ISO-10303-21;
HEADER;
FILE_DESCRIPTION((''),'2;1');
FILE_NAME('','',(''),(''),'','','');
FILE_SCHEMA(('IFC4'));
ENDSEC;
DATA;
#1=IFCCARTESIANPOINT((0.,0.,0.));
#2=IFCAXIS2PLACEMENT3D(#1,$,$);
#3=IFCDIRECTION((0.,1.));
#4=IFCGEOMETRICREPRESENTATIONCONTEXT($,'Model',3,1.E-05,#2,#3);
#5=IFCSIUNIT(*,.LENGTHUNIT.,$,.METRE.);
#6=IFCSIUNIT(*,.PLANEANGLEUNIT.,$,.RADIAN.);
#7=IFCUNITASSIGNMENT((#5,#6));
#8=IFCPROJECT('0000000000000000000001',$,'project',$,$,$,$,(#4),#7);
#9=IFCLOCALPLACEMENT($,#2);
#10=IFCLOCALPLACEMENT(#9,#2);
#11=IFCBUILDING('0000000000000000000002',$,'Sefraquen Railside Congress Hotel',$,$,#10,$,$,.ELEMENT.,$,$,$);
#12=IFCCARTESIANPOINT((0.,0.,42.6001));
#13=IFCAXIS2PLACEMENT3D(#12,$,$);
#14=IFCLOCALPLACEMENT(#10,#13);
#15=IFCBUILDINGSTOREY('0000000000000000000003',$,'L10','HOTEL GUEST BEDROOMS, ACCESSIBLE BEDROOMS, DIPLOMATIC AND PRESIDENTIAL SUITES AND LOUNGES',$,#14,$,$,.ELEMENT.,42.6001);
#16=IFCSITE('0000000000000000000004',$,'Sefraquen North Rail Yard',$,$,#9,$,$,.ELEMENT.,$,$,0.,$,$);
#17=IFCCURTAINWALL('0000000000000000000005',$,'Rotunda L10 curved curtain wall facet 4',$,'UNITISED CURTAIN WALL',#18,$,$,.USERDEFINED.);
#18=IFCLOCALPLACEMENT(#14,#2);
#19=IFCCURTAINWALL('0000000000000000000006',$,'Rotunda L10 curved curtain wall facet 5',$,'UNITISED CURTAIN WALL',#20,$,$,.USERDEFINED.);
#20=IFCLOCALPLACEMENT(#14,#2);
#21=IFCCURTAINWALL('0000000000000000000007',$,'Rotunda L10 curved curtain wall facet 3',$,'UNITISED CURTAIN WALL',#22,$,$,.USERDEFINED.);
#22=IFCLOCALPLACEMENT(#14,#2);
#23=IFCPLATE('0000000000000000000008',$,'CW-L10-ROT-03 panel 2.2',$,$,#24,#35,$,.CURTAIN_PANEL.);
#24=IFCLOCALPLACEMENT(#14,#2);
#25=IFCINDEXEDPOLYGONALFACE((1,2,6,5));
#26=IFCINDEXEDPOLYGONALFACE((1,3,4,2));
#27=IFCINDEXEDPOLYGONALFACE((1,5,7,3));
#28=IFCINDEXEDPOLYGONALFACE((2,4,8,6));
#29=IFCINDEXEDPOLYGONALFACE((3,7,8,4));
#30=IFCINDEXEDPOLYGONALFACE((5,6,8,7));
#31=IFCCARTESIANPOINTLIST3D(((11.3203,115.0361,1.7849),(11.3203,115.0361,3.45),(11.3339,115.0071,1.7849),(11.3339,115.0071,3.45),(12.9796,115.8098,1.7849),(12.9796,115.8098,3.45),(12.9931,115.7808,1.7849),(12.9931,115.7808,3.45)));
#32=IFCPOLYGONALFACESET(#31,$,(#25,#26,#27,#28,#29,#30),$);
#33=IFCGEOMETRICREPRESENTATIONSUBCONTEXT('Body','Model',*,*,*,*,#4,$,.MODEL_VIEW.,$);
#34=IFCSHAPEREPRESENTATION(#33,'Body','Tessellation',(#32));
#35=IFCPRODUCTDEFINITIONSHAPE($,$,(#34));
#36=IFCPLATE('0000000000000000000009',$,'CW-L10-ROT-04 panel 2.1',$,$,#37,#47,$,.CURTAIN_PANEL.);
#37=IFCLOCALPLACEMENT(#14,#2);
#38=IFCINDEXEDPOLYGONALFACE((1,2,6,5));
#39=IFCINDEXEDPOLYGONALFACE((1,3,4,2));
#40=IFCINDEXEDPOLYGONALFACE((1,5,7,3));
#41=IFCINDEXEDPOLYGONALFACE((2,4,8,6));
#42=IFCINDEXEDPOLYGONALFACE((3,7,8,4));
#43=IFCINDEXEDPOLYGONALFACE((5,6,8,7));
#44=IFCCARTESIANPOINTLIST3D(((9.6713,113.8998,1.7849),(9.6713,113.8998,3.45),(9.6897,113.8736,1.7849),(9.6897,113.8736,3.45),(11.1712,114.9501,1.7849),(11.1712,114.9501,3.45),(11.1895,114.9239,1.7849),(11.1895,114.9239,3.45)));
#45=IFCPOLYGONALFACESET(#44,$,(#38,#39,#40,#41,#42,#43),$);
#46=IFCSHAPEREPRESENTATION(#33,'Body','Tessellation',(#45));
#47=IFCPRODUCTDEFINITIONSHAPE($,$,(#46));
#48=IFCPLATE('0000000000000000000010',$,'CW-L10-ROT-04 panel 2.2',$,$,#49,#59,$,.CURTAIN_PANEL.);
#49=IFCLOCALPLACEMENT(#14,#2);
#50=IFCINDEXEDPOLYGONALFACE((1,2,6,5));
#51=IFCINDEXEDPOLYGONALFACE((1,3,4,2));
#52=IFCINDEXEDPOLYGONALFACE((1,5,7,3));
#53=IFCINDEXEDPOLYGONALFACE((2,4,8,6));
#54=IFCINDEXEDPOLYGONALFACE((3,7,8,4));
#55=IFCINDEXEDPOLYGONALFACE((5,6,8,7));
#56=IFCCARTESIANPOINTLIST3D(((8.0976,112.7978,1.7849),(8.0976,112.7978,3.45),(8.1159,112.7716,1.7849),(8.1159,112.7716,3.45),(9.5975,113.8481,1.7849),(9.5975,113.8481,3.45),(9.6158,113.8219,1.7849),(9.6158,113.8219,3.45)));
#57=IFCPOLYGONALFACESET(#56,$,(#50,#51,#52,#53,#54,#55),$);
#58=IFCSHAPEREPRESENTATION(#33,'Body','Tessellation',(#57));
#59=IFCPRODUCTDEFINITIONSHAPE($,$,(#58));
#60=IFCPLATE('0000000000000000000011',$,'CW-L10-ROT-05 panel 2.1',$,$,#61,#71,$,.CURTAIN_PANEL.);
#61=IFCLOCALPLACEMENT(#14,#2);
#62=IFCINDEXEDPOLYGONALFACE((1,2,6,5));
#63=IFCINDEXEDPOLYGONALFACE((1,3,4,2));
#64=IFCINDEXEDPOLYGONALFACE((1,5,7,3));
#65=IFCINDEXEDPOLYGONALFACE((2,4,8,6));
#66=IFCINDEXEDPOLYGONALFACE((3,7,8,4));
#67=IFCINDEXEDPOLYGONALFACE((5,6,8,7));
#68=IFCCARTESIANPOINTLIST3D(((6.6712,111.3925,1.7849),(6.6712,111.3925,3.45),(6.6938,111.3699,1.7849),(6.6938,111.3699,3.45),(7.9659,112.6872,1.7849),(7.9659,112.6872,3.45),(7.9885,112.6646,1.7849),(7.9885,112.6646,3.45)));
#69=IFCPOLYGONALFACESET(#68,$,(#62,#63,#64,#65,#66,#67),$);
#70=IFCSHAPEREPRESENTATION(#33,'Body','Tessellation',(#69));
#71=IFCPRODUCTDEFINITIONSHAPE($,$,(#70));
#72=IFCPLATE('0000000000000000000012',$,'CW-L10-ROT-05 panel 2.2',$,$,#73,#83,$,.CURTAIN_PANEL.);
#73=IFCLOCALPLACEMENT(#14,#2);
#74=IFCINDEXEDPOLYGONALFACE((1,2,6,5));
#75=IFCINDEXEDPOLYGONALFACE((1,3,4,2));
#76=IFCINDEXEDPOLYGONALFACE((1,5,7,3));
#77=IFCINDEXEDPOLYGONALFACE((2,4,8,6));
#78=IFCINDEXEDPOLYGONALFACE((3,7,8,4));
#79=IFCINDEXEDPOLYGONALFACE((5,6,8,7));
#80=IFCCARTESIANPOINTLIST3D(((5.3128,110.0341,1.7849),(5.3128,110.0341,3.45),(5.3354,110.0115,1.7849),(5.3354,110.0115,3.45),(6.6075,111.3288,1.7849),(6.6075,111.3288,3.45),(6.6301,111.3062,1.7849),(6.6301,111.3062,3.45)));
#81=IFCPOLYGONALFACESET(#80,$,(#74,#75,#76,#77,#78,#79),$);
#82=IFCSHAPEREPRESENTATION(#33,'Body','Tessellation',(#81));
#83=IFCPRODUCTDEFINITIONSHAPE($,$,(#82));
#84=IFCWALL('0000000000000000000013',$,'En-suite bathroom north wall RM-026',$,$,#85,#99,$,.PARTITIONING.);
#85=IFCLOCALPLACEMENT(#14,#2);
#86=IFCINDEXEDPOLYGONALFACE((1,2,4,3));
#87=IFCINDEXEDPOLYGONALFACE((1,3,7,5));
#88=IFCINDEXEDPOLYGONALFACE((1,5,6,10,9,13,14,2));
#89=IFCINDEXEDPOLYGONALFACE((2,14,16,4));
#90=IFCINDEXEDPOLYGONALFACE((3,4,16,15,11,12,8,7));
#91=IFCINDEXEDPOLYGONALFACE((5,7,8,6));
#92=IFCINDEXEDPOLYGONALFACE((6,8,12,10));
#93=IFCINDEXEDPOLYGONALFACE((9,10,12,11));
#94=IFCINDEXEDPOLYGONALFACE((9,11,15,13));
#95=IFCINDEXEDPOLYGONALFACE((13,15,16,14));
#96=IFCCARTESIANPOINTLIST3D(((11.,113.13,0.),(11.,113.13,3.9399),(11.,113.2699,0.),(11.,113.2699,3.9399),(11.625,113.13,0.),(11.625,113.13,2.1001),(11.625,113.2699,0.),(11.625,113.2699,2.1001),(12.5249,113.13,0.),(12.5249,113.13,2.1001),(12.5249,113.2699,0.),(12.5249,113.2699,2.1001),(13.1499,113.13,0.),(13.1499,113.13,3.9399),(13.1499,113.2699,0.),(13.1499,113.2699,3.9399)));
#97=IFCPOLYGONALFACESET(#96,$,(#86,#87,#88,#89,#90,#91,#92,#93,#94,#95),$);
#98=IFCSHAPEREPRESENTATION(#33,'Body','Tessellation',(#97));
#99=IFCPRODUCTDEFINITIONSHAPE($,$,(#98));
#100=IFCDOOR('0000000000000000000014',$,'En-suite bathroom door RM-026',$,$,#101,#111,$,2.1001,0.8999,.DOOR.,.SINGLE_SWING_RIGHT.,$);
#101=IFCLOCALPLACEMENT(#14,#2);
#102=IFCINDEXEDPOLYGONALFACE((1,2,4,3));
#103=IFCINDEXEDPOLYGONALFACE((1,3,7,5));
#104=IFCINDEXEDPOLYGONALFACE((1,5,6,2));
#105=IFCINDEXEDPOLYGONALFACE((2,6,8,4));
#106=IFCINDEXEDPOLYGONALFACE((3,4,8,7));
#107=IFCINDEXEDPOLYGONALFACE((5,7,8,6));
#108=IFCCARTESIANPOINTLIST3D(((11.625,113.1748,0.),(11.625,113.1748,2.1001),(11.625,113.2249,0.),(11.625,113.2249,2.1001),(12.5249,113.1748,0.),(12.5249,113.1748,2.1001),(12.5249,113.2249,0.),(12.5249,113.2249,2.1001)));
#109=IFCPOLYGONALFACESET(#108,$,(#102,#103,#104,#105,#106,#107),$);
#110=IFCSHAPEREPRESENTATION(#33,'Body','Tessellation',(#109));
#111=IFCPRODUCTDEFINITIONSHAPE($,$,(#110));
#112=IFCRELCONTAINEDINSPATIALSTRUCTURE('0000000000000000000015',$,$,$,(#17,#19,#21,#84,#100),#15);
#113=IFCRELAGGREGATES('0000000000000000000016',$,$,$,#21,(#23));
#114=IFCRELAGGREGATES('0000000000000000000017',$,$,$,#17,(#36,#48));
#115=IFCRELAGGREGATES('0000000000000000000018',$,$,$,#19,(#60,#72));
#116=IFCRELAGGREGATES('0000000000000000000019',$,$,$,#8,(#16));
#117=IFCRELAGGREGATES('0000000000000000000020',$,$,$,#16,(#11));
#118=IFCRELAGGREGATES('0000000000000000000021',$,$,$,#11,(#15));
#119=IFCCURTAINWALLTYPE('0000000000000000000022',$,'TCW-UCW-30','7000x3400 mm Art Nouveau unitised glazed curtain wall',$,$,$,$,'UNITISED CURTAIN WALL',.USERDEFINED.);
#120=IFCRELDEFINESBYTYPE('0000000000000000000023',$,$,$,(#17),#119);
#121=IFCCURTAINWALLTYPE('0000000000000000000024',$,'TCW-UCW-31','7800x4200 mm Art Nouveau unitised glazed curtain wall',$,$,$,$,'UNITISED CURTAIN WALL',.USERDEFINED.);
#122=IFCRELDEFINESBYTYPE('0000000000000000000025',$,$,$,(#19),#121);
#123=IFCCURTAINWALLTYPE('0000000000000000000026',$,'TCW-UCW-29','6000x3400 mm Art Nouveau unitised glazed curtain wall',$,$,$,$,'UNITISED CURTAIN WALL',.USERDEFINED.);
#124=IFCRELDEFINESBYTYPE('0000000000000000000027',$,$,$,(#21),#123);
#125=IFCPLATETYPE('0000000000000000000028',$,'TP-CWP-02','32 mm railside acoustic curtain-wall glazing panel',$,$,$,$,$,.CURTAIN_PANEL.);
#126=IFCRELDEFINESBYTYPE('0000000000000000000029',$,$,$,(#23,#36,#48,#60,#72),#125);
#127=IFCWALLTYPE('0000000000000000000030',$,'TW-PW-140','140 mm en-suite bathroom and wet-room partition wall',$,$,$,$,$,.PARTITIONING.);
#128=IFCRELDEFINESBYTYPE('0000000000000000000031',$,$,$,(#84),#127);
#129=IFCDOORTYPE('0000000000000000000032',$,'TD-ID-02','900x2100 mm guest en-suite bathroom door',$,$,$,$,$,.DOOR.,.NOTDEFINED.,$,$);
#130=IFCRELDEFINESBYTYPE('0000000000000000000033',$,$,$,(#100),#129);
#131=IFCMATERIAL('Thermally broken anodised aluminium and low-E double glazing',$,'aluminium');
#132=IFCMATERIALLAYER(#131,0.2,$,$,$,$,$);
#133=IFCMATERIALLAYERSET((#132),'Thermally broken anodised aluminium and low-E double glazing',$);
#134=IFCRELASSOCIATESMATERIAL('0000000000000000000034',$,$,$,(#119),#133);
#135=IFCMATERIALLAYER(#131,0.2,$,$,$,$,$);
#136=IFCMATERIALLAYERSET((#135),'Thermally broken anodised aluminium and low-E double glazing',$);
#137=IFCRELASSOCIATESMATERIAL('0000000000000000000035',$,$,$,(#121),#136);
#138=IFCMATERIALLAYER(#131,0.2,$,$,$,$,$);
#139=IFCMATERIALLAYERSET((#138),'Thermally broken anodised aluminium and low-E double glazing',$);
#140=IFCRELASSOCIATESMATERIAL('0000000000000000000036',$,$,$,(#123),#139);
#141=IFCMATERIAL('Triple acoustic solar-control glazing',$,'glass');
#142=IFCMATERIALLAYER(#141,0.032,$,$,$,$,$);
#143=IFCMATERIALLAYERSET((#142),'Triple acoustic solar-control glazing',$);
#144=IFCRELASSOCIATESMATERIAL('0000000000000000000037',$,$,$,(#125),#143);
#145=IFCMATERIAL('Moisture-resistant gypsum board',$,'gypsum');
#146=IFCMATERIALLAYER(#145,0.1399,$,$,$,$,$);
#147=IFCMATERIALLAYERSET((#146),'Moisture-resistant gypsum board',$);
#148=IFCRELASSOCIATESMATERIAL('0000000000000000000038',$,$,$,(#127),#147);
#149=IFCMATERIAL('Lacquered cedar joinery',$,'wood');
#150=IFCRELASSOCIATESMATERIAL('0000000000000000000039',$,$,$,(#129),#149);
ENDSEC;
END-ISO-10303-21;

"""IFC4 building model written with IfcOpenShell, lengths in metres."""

from ifc_helpers import new_model, si_unit, direction, frame, frame_2d, origin, origin_2d, place, context, subcontext, project, spatial, rectangle, extrude, material, layer, layer_set, type_object, element, fill, aggregate, save


model = new_model("IFC4")

# Units and contexts
model_context = context("Model", 3, precision=1e-05, world=origin(), true_north=direction((0.0, 1.0)))
body_context = subcontext(model_context, "Body", "Model", "MODEL_VIEW")
ifc_project = project(units=[si_unit("LENGTHUNIT", "METRE"), si_unit("PLANEANGLEUNIT", "RADIAN")], contexts=[model_context])

# Site, building, storey
site_placement = place(None, origin())
site = spatial("IfcSite", under=ifc_project, at=site_placement, Name="Sefraquen North Rail Yard", CompositionType="ELEMENT", RefElevation=0.0)
building_placement = place(site_placement, origin())
building = spatial("IfcBuilding", under=site, at=building_placement, Name="Sefraquen Railside Congress Hotel", CompositionType="ELEMENT")
storey_placement = place(building_placement, frame((0.0, 0.0, 42.6001)))
storey = spatial("IfcBuildingStorey", under=building, at=storey_placement, Name="L10", Description="HOTEL GUEST BEDROOMS, ACCESSIBLE BEDROOMS, DIPLOMATIC AND PRESIDENTIAL SUITES AND LOUNGES", CompositionType="ELEMENT", Elevation=42.6001)

# Curtain walls
ifc_material_1 = material(Name="Thermally broken anodised aluminium and low-E double glazing", Category="aluminium")
ifc_layer_1 = layer(ifc_material_1, 0.2)
ifc_layer_set_1 = layer_set([ifc_layer_1], Name="Thermally broken anodised aluminium and low-E double glazing")
curtain_wall_type_1 = type_object("IfcCurtainWallType", Name="TCW-UCW-30", Description="7000x3400 mm Art Nouveau unitised glazed curtain wall", ElementType="UNITISED CURTAIN WALL", PredefinedType="USERDEFINED", material=ifc_layer_set_1)
curtain_wall_1_placement = place(storey_placement, origin())
curtain_wall_1 = element("IfcCurtainWall", 1, at=curtain_wall_1_placement, inside=storey, type_object=curtain_wall_type_1, Name="Rotunda L10 curved curtain wall facet 4", ObjectType="UNITISED CURTAIN WALL", PredefinedType="USERDEFINED")
ifc_layer_2 = layer(ifc_material_1, 0.2)
ifc_layer_set_2 = layer_set([ifc_layer_2], Name="Thermally broken anodised aluminium and low-E double glazing")
curtain_wall_type_2 = type_object("IfcCurtainWallType", Name="TCW-UCW-31", Description="7800x4200 mm Art Nouveau unitised glazed curtain wall", ElementType="UNITISED CURTAIN WALL", PredefinedType="USERDEFINED", material=ifc_layer_set_2)
curtain_wall_2_placement = place(storey_placement, origin())
curtain_wall_2 = element("IfcCurtainWall", 2, at=curtain_wall_2_placement, inside=storey, type_object=curtain_wall_type_2, Name="Rotunda L10 curved curtain wall facet 5", ObjectType="UNITISED CURTAIN WALL", PredefinedType="USERDEFINED")
ifc_layer_3 = layer(ifc_material_1, 0.2)
ifc_layer_set_3 = layer_set([ifc_layer_3], Name="Thermally broken anodised aluminium and low-E double glazing")
curtain_wall_type_3 = type_object("IfcCurtainWallType", Name="TCW-UCW-29", Description="6000x3400 mm Art Nouveau unitised glazed curtain wall", ElementType="UNITISED CURTAIN WALL", PredefinedType="USERDEFINED", material=ifc_layer_set_3)
curtain_wall_3_placement = place(storey_placement, origin())
curtain_wall_3 = element("IfcCurtainWall", 3, at=curtain_wall_3_placement, inside=storey, type_object=curtain_wall_type_3, Name="Rotunda L10 curved curtain wall facet 3", ObjectType="UNITISED CURTAIN WALL", PredefinedType="USERDEFINED")

# Plates
ifc_material_2 = material(Name="Triple acoustic solar-control glazing", Category="glass")
ifc_layer_4 = layer(ifc_material_2, 0.032)
ifc_layer_set_4 = layer_set([ifc_layer_4], Name="Triple acoustic solar-control glazing")
plate_type_1 = type_object("IfcPlateType", Name="TP-CWP-02", Description="32 mm railside acoustic curtain-wall glazing panel", PredefinedType="CURTAIN_PANEL", material=ifc_layer_set_4)
plate_1_placement = place(storey_placement, frame((12.1567, 115.4084, 1.7849), z_axis=(0.0, 0.0, 1.0), x_axis=(-0.9063, -0.422634, 0.0)))
plate_1 = element("IfcPlate", 4, at=plate_1_placement, type_object=plate_type_1, Name="CW-L10-ROT-03 panel 2.2", PredefinedType="CURTAIN_PANEL", context=body_context, shape_type="SweptSolid", body=[
    extrude(rectangle(XDim=1.8308, YDim=0.032, at=origin_2d()), origin(), (0.0, 0.0, 1.0), 1.665),
])
aggregate(curtain_wall_3, [plate_1])
plate_2_placement = place(storey_placement, frame((10.4304, 114.4119, 1.7849), z_axis=(0.0, 0.0, 1.0), x_axis=(-0.819132, -0.573605, 0.0)))
plate_2 = element("IfcPlate", 5, at=plate_2_placement, type_object=plate_type_1, Name="CW-L10-ROT-04 panel 2.1", PredefinedType="CURTAIN_PANEL", context=body_context, shape_type="SweptSolid", body=[
    extrude(rectangle(XDim=1.8311, YDim=0.032, at=origin_2d()), origin(), (0.0, 0.0, 1.0), 1.665),
])
plate_3_placement = place(storey_placement, frame((8.8567, 113.3098, 1.7849), z_axis=(0.0, 0.0, 1.0), x_axis=(-0.819132, -0.573605, 0.0)))
plate_3 = element("IfcPlate", 6, at=plate_3_placement, type_object=plate_type_1, Name="CW-L10-ROT-04 panel 2.2", PredefinedType="CURTAIN_PANEL", context=body_context, shape_type="SweptSolid", body=[
    extrude(rectangle(XDim=1.8311, YDim=0.032, at=origin_2d()), origin(), (0.0, 0.0, 1.0), 1.665),
])
aggregate(curtain_wall_1, [plate_2, plate_3])
plate_4_placement = place(storey_placement, frame((7.3298, 112.0286, 1.7849), z_axis=(0.0, 0.0, 1.0), x_axis=(-0.707107, -0.707107, 0.0)))
plate_4 = element("IfcPlate", 7, at=plate_4_placement, type_object=plate_type_1, Name="CW-L10-ROT-05 panel 2.1", PredefinedType="CURTAIN_PANEL", context=body_context, shape_type="SweptSolid", body=[
    extrude(rectangle(XDim=1.8311, YDim=0.032, at=origin_2d()), origin(), (0.0, 0.0, 1.0), 1.665),
])
plate_5_placement = place(storey_placement, frame((5.9714, 110.6702, 1.7849), z_axis=(0.0, 0.0, 1.0), x_axis=(-0.707107, -0.707107, 0.0)))
plate_5 = element("IfcPlate", 8, at=plate_5_placement, type_object=plate_type_1, Name="CW-L10-ROT-05 panel 2.2", PredefinedType="CURTAIN_PANEL", context=body_context, shape_type="SweptSolid", body=[
    extrude(rectangle(XDim=1.8311, YDim=0.032, at=origin_2d()), origin(), (0.0, 0.0, 1.0), 1.665),
])
aggregate(curtain_wall_2, [plate_4, plate_5])

# Wall, opening, door
ifc_material_3 = material(Name="Moisture-resistant gypsum board", Category="gypsum")
ifc_layer_5 = layer(ifc_material_3, 0.1399)
ifc_layer_set_5 = layer_set([ifc_layer_5], Name="Moisture-resistant gypsum board")
wall_type = type_object("IfcWallType", Name="TW-PW-140", Description="140 mm en-suite bathroom and wet-room partition wall", PredefinedType="PARTITIONING", material=ifc_layer_set_5)
wall_placement = place(storey_placement, frame((11.0, 113.2, 0.0), z_axis=(0.0, 0.0, 1.0), x_axis=(1.0, 0.0, 0.0)))
wall = element("IfcWall", 9, at=wall_placement, inside=storey, type_object=wall_type, Name="En-suite bathroom north wall RM-026", PredefinedType="PARTITIONING", context=body_context, shape_type="SweptSolid", body=[
    extrude(rectangle(XDim=2.1499, YDim=0.1399, at=frame_2d((1.075, 0.0))), origin(), (0.0, 0.0, 1.0), 3.9399),
])
opening_placement = place(wall_placement, frame((0.625, 0.0, 0.0)))
opening = element("IfcOpeningElement", 10, at=opening_placement, cuts=wall, PredefinedType="OPENING", context=body_context, shape_type="SweptSolid", body=[
    extrude(rectangle(XDim=0.8999, YDim=2.1001, at=frame_2d((0.45, 1.05))), frame((0.0, 0.0798, 0.0), z_axis=(0.0, -1.0, 0.0), x_axis=(1.0, 0.0, 0.0)), (0.0, 0.0, 1.0), 0.1599),
])
ifc_material_4 = material(Name="Lacquered cedar joinery", Category="wood")
door_type = type_object("IfcDoorType", Name="TD-ID-02", Description="900x2100 mm guest en-suite bathroom door", OperationType="NOTDEFINED", PredefinedType="DOOR", material=ifc_material_4)
door_placement = place(opening_placement, origin())
door = element("IfcDoor", 11, at=door_placement, inside=storey, type_object=door_type, Name="En-suite bathroom door RM-026", OperationType="SINGLE_SWING_RIGHT", OverallHeight=2.1001, OverallWidth=0.8999, PredefinedType="DOOR", context=body_context, shape_type="SweptSolid", body=[
    extrude(rectangle(XDim=0.8999, YDim=2.1001, at=frame_2d((0.45, 1.05))), frame((0.0, 0.0249, 0.0), z_axis=(0.0, -1.0, 0.0), x_axis=(1.0, 0.0, 0.0)), (0.0, 0.0, 1.0), 0.05),
])
fill(opening, door)

save(model, "model.ifc")
